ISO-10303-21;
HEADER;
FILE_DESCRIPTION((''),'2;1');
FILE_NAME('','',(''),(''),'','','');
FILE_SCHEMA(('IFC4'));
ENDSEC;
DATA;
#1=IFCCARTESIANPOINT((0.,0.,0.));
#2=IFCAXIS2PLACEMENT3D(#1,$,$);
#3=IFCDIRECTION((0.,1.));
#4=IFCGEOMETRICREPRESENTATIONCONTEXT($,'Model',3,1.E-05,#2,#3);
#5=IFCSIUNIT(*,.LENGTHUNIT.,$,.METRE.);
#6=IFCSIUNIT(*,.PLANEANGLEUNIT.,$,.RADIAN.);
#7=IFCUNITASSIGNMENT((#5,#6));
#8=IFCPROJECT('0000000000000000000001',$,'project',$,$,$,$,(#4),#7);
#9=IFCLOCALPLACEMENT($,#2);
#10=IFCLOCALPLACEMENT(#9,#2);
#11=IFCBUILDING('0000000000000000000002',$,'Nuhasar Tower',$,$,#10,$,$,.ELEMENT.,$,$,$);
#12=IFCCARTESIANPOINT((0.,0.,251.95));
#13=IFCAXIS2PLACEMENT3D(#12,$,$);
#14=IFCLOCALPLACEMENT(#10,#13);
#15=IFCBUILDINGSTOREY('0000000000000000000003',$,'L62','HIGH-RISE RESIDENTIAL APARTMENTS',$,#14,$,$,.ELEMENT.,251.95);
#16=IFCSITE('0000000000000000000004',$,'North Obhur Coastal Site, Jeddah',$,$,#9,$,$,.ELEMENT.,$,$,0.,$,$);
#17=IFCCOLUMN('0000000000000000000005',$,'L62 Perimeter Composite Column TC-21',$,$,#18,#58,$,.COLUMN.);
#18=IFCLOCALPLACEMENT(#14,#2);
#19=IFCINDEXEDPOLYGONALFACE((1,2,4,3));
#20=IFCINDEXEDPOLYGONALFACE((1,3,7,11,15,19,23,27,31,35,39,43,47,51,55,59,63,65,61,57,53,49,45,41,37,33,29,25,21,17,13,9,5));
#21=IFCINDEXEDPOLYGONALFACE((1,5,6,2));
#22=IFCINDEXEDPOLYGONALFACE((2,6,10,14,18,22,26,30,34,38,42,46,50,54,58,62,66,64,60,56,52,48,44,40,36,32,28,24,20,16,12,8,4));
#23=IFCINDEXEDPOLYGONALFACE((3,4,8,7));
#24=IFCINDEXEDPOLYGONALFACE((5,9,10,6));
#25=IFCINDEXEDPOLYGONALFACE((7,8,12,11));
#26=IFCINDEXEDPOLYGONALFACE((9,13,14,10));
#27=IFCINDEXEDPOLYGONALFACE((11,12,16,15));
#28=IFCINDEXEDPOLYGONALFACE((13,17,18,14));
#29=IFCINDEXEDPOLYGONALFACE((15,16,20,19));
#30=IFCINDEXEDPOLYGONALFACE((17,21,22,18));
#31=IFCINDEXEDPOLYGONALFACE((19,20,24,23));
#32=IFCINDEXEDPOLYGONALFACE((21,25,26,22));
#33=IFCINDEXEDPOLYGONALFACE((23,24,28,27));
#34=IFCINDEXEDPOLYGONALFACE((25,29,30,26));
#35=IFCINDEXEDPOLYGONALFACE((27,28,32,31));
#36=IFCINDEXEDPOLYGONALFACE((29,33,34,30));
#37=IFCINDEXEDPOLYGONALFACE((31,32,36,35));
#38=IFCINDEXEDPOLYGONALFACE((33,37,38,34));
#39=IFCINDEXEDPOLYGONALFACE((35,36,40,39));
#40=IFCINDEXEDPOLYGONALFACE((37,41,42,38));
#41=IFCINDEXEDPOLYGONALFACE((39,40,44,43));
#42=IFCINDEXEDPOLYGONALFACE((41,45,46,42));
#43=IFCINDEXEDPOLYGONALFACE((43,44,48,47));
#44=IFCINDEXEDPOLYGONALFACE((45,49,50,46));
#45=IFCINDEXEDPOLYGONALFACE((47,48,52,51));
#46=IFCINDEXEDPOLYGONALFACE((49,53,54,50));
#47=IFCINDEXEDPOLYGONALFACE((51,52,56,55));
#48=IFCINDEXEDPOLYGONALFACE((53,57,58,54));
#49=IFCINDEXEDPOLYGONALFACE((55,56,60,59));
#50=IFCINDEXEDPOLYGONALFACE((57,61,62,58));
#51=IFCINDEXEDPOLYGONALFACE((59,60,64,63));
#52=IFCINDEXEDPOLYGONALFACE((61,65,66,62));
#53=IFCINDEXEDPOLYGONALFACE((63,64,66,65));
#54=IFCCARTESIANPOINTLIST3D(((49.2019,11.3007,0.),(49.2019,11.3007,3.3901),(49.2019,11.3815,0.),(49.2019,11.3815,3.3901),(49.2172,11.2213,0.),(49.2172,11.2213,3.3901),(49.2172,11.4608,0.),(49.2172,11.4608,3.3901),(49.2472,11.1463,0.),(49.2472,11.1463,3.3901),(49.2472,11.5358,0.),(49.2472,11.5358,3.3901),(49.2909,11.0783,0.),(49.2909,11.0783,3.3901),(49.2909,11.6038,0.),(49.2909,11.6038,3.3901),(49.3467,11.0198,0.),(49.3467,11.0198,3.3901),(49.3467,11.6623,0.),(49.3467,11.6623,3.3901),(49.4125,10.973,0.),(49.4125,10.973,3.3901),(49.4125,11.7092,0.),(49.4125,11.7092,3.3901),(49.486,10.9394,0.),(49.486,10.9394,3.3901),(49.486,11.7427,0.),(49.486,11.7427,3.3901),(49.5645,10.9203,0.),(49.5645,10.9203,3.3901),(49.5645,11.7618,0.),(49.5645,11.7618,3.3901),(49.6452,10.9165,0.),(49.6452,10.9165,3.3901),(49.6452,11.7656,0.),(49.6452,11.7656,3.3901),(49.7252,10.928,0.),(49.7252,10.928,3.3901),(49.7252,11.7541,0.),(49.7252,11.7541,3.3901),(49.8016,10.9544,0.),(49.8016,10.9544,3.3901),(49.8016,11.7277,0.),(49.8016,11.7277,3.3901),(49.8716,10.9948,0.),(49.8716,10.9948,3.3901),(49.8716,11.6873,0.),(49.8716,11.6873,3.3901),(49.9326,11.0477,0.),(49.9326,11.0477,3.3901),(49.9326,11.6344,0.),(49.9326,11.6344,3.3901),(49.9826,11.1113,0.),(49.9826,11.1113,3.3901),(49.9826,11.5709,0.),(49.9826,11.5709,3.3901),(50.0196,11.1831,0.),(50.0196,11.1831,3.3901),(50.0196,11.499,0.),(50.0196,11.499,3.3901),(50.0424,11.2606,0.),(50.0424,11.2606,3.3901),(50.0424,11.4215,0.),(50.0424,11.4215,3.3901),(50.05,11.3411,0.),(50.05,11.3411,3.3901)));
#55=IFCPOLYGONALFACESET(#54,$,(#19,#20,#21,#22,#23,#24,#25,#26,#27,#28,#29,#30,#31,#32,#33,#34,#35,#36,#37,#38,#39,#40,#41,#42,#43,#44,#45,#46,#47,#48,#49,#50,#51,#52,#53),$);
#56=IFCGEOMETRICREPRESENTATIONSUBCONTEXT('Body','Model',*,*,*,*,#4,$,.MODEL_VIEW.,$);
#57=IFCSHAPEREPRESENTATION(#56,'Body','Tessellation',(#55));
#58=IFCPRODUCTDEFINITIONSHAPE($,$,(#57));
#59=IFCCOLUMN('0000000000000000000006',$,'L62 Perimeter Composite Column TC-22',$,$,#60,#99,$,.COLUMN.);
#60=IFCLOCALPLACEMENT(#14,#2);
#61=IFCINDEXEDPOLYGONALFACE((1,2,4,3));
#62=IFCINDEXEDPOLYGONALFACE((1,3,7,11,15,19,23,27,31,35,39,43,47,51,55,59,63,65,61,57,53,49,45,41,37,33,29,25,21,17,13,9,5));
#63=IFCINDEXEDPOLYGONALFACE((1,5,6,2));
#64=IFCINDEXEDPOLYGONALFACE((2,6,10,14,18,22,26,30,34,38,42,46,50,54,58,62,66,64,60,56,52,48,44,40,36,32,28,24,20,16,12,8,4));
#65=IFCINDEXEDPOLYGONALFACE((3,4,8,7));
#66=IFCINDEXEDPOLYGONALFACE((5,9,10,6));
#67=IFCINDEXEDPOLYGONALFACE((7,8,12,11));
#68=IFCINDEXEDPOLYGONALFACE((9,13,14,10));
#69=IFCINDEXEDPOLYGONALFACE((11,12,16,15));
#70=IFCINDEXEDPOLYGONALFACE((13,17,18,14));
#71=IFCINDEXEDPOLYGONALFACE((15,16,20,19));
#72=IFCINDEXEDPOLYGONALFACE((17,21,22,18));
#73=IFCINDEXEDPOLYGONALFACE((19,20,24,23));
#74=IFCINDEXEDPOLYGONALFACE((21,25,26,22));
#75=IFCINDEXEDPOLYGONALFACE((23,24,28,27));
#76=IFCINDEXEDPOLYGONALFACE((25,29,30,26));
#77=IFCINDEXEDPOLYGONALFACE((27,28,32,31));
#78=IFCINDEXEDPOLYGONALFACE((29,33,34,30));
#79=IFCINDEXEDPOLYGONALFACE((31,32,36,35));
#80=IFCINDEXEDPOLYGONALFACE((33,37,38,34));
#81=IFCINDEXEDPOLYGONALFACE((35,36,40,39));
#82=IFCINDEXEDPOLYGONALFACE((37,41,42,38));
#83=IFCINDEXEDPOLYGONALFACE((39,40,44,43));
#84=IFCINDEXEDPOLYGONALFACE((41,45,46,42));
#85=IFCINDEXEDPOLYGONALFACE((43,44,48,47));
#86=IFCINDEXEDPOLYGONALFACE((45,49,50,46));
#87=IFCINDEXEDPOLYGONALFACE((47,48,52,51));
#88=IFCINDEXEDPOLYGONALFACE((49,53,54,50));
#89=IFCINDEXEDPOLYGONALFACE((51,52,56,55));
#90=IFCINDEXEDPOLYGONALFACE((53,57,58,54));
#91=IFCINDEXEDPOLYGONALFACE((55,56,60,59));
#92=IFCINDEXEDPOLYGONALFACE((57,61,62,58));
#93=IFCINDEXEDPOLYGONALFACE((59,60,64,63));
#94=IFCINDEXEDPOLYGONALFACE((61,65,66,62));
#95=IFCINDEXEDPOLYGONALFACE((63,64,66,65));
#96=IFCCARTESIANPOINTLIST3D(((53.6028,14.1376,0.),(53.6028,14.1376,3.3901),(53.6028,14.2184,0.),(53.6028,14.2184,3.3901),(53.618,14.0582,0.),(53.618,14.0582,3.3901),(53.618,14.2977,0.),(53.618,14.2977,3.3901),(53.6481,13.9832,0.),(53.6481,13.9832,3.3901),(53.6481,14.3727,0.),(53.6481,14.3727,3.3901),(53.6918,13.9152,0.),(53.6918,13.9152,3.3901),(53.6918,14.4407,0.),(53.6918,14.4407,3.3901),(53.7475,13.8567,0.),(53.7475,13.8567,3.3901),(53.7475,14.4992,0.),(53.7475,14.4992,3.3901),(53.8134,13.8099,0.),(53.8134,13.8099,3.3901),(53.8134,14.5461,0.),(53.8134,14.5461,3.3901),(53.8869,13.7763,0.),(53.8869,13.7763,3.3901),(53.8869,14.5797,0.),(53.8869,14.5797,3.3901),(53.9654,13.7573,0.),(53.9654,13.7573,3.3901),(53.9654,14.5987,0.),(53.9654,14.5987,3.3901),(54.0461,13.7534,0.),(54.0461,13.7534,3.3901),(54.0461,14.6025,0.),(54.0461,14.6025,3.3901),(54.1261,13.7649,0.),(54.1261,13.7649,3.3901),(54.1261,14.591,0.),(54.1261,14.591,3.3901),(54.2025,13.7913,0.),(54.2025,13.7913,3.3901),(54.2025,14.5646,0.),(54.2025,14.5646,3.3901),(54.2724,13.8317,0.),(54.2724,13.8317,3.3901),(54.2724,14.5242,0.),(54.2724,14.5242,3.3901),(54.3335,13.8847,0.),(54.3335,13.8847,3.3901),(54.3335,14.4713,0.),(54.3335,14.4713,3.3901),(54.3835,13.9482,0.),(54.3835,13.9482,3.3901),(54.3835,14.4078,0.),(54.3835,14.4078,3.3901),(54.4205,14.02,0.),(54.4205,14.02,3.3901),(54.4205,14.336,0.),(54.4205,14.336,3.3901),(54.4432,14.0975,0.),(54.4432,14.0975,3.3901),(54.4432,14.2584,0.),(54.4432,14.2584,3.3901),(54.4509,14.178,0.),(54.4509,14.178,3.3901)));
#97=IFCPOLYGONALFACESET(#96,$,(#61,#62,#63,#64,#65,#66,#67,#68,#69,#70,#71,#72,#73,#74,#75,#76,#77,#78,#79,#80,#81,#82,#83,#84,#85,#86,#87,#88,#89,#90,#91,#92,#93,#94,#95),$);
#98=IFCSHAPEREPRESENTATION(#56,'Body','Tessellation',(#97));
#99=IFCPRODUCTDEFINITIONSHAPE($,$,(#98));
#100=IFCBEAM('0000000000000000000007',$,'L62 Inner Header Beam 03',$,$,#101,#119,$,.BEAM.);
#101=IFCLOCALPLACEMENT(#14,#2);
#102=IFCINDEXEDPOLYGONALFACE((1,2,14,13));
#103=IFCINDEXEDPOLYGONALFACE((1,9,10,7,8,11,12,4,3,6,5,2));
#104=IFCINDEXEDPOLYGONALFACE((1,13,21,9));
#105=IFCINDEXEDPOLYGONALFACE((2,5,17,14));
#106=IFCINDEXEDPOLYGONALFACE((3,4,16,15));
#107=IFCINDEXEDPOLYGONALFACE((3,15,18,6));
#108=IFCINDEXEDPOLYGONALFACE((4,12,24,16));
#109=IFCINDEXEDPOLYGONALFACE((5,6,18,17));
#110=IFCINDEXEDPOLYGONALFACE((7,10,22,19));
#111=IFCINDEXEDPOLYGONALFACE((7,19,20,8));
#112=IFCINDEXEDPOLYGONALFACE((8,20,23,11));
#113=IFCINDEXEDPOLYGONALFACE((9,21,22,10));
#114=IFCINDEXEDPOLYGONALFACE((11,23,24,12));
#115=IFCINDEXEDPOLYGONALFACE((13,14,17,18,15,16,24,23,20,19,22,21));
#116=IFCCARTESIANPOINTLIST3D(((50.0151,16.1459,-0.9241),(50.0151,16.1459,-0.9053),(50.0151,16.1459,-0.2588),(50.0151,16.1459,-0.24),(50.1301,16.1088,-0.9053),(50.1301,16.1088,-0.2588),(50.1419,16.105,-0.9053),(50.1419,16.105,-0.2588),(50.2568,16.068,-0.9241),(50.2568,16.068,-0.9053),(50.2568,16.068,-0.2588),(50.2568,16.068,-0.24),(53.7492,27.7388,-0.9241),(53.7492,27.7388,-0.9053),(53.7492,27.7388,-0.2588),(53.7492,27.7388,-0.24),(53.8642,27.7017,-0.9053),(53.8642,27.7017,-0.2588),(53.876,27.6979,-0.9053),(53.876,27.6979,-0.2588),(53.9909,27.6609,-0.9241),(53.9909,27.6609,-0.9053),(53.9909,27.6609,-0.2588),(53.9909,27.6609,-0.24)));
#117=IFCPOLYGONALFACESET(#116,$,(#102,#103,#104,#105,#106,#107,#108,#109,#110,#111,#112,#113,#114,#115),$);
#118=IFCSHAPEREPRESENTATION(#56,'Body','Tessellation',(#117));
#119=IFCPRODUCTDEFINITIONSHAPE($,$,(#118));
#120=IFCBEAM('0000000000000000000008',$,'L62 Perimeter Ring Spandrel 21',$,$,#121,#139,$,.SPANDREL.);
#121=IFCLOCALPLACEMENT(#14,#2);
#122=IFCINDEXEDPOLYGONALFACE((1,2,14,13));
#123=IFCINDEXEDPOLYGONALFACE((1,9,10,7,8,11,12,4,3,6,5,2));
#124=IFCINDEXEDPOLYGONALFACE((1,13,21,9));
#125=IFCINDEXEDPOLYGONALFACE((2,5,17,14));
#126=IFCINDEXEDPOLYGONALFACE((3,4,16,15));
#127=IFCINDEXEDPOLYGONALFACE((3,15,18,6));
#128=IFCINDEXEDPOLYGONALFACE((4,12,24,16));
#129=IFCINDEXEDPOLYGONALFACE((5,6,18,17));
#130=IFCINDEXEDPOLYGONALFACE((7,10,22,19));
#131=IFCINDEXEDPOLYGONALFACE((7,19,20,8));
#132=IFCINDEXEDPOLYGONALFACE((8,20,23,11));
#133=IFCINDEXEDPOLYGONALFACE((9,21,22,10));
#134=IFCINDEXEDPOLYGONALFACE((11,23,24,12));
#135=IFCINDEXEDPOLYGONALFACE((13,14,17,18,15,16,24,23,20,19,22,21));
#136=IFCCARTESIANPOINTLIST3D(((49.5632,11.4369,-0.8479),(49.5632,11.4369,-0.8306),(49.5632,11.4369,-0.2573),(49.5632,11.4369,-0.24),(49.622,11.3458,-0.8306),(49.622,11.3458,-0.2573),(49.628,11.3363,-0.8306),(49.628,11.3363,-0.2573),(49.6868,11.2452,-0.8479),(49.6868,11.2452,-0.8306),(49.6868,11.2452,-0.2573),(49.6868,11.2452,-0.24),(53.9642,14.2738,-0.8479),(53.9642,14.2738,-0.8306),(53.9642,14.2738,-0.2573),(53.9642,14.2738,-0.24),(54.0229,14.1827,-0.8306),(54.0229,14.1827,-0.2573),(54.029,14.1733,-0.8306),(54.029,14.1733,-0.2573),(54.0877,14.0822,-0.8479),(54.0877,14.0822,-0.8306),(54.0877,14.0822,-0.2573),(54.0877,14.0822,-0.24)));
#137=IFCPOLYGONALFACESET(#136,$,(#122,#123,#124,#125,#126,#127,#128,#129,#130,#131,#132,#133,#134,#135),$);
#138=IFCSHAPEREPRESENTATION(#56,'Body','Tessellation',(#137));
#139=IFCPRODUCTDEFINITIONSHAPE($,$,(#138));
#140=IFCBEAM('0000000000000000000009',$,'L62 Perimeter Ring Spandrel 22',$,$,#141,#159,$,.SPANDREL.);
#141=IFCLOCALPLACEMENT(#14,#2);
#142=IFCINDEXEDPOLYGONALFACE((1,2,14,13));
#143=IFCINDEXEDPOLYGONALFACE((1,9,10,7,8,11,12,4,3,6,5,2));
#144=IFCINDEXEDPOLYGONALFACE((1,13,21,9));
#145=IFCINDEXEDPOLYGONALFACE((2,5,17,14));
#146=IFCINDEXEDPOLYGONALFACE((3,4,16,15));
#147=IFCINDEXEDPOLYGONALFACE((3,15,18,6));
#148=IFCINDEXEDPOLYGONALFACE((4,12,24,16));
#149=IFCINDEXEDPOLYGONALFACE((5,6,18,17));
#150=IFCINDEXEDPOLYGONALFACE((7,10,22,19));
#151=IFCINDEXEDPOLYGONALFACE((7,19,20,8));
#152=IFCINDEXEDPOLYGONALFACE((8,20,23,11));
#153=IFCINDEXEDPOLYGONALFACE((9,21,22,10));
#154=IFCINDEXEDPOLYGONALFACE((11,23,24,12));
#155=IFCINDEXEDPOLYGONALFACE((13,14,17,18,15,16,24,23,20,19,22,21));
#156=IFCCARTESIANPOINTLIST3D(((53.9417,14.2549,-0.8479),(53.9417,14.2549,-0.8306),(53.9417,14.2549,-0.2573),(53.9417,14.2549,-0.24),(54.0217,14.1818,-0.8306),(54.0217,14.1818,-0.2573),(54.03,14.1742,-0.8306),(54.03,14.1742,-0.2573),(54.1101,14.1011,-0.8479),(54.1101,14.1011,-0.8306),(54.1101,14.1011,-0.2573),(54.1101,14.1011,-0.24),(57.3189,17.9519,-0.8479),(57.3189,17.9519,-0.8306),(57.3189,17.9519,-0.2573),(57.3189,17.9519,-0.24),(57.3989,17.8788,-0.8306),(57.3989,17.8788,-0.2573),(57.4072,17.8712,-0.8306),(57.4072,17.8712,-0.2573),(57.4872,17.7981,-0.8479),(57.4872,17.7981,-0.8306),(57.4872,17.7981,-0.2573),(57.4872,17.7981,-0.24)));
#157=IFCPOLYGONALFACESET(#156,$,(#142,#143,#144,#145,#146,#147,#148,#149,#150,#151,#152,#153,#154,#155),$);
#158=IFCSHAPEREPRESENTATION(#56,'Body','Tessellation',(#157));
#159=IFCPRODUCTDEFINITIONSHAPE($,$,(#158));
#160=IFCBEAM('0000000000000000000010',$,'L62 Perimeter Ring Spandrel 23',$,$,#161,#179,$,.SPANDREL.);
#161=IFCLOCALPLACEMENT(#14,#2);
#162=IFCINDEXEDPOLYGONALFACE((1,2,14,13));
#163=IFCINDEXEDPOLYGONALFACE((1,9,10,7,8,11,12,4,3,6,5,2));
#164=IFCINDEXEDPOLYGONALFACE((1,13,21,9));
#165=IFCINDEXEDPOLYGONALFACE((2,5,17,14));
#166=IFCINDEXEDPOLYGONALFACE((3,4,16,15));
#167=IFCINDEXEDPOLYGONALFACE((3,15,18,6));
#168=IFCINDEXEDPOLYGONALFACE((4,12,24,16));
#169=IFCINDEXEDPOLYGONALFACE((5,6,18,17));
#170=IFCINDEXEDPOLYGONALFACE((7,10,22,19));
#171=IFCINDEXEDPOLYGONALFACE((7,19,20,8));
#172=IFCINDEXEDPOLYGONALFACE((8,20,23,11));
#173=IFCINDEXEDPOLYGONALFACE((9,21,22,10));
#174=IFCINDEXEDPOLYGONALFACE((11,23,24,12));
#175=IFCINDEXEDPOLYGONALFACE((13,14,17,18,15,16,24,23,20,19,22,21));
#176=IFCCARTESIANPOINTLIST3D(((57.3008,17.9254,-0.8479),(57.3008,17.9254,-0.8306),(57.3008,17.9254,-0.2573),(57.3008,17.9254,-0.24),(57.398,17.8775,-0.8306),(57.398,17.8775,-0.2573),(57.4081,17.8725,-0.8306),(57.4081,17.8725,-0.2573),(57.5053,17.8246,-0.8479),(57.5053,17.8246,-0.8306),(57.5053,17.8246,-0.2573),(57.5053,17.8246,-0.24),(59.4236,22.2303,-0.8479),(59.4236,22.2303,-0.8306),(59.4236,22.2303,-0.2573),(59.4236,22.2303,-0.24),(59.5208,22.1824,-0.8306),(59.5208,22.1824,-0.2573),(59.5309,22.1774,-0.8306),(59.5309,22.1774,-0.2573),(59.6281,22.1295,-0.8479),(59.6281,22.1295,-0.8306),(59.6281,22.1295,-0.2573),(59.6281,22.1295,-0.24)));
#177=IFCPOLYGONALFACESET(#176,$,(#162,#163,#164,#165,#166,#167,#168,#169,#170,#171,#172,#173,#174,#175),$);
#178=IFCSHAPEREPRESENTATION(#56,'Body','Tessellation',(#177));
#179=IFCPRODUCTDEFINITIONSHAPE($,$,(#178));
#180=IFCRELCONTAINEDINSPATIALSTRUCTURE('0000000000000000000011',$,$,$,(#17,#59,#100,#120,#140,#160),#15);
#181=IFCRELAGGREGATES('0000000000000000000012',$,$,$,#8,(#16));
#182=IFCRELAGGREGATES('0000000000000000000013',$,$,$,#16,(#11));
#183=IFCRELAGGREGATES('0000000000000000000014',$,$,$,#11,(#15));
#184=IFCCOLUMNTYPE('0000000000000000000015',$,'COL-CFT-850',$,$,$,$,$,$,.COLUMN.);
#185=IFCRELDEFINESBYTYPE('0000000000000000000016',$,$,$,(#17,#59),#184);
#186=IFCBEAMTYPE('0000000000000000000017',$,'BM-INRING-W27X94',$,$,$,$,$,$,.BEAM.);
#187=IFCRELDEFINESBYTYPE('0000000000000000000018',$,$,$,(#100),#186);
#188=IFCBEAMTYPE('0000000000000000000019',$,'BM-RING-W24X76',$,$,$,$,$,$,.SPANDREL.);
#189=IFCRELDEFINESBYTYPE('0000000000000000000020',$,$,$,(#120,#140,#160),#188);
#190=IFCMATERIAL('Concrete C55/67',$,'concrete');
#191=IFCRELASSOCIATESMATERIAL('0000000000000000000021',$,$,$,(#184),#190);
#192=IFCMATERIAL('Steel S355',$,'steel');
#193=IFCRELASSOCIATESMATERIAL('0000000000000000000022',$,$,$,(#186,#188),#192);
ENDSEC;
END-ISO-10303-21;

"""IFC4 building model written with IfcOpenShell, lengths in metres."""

from ifc_helpers import new_model, si_unit, direction, frame, origin, origin_2d, place, context, subcontext, project, spatial, circle, i_section, extrude, material, material_profile, profile_set, type_object, element, save


model = new_model("IFC4")

# Units and contexts
model_context = context("Model", 3, precision=1e-05, world=origin(), true_north=direction((0.0, 1.0)))
body_context = subcontext(model_context, "Body", "Model", "MODEL_VIEW")
ifc_project = project(units=[si_unit("LENGTHUNIT", "METRE"), si_unit("PLANEANGLEUNIT", "RADIAN")], contexts=[model_context])

# Site, building, storey
site_placement = place(None, origin())
site = spatial("IfcSite", under=ifc_project, at=site_placement, Name="North Obhur Coastal Site, Jeddah", CompositionType="ELEMENT", RefElevation=0.0)
building_placement = place(site_placement, origin())
building = spatial("IfcBuilding", under=site, at=building_placement, Name="Nuhasar Tower", CompositionType="ELEMENT")
storey_placement = place(building_placement, frame((0.0, 0.0, 251.95)))
storey = spatial("IfcBuildingStorey", under=building, at=storey_placement, Name="L62", Description="HIGH-RISE RESIDENTIAL APARTMENTS", CompositionType="ELEMENT", Elevation=251.95)

# Columns
ifc_material_1 = material(Name="Concrete C55/67", Category="concrete")
ifc_material_profile_1 = material_profile(ifc_material_1, circle(Radius=0.425, at=origin_2d()), Name="CFT850")
ifc_profile_set_1 = profile_set([ifc_material_profile_1], Name="Concrete C55/67")
column_type = type_object("IfcColumnType", Name="COL-CFT-850", PredefinedType="COLUMN", material=ifc_profile_set_1)
for number, where, z_axis, x_axis, name in (
    (1, (49.625, 11.3411, 0.0), (0.0, 0.0, 1.0), (1.0, 0.0, 0.0), "L62 Perimeter Composite Column TC-21"),
    (2, (54.0259, 14.178, 0.0), (0.0, 0.0, 1.0), (1.0, 0.0, 0.0), "L62 Perimeter Composite Column TC-22"),
):
    element("IfcColumn", number, at=place(storey_placement, frame(where, z_axis=z_axis, x_axis=x_axis)), inside=storey, type_object=column_type, Name=name, PredefinedType="COLUMN", context=body_context, shape_type="SweptSolid", body=[
        extrude(circle(Radius=0.425, at=origin_2d()), origin(), (0.0, 0.0, 1.0), 3.3901),
    ])

# Beams
ifc_material_2 = material(Name="Steel S355", Category="steel")
ifc_material_profile_2 = material_profile(ifc_material_2, i_section(OverallWidth=0.2539, OverallDepth=0.6841, WebThickness=0.0125, FlangeThickness=0.0188, at=origin_2d()), Name="W27X94")
ifc_profile_set_2 = profile_set([ifc_material_profile_2], Name="Steel S355")
beam_type_1 = type_object("IfcBeamType", Name="BM-INRING-W27X94", PredefinedType="BEAM", material=ifc_profile_set_2)
beam_1_placement = place(storey_placement, frame((50.136, 16.1069, -0.582), z_axis=(0.30659, 0.951842, 0.0), x_axis=(-0.951842, 0.30659, 0.0)))
element("IfcBeam", 3, at=beam_1_placement, inside=storey, type_object=beam_type_1, Name="L62 Inner Header Beam 03", PredefinedType="BEAM", context=body_context, shape_type="SweptSolid", body=[
    extrude(i_section(OverallWidth=0.2539, OverallDepth=0.6841, WebThickness=0.0125, FlangeThickness=0.0188, at=origin_2d()), origin(), (0.0, 0.0, 1.0), 12.1794),
])
ifc_material_profile_3 = material_profile(ifc_material_2, i_section(OverallWidth=0.228, OverallDepth=0.6079, WebThickness=0.0112, FlangeThickness=0.0173, at=origin_2d()), Name="W24X76")
ifc_profile_set_3 = profile_set([ifc_material_profile_3], Name="Steel S355")
beam_type_2 = type_object("IfcBeamType", Name="BM-RING-W24X76", PredefinedType="SPANDREL", material=ifc_profile_set_3)
beam_2_placement = place(storey_placement, frame((49.625, 11.3411, -0.5439), z_axis=(0.840502, 0.541808, 0.0), x_axis=(-0.541808, 0.840502, 0.0)))
element("IfcBeam", 4, at=beam_2_placement, inside=storey, type_object=beam_type_2, Name="L62 Perimeter Ring Spandrel 21", PredefinedType="SPANDREL", context=body_context, shape_type="SweptSolid", body=[
    extrude(i_section(OverallWidth=0.228, OverallDepth=0.6079, WebThickness=0.0112, FlangeThickness=0.0173, at=origin_2d()), origin(), (0.0, 0.0, 1.0), 5.2361),
])
beam_3_placement = place(storey_placement, frame((54.0259, 14.178, -0.5439), z_axis=(0.67445, 0.738321, 0.0), x_axis=(-0.738321, 0.67445, 0.0)))
element("IfcBeam", 5, at=beam_3_placement, inside=storey, type_object=beam_type_2, Name="L62 Perimeter Ring Spandrel 22", PredefinedType="SPANDREL", context=body_context, shape_type="SweptSolid", body=[
    extrude(i_section(OverallWidth=0.228, OverallDepth=0.6079, WebThickness=0.0112, FlangeThickness=0.0173, at=origin_2d()), origin(), (0.0, 0.0, 1.0), 5.0073),
])
beam_4_placement = place(storey_placement, frame((57.4031, 17.875, -0.5439), z_axis=(0.442263, 0.896886, 0.0), x_axis=(-0.896886, 0.442263, 0.0)))
element("IfcBeam", 6, at=beam_4_placement, inside=storey, type_object=beam_type_2, Name="L62 Perimeter Ring Spandrel 23", PredefinedType="SPANDREL", context=body_context, shape_type="SweptSolid", body=[
    extrude(i_section(OverallWidth=0.228, OverallDepth=0.6079, WebThickness=0.0112, FlangeThickness=0.0173, at=origin_2d()), origin(), (0.0, 0.0, 1.0), 4.7998),
])

save(model, "model.ifc")
